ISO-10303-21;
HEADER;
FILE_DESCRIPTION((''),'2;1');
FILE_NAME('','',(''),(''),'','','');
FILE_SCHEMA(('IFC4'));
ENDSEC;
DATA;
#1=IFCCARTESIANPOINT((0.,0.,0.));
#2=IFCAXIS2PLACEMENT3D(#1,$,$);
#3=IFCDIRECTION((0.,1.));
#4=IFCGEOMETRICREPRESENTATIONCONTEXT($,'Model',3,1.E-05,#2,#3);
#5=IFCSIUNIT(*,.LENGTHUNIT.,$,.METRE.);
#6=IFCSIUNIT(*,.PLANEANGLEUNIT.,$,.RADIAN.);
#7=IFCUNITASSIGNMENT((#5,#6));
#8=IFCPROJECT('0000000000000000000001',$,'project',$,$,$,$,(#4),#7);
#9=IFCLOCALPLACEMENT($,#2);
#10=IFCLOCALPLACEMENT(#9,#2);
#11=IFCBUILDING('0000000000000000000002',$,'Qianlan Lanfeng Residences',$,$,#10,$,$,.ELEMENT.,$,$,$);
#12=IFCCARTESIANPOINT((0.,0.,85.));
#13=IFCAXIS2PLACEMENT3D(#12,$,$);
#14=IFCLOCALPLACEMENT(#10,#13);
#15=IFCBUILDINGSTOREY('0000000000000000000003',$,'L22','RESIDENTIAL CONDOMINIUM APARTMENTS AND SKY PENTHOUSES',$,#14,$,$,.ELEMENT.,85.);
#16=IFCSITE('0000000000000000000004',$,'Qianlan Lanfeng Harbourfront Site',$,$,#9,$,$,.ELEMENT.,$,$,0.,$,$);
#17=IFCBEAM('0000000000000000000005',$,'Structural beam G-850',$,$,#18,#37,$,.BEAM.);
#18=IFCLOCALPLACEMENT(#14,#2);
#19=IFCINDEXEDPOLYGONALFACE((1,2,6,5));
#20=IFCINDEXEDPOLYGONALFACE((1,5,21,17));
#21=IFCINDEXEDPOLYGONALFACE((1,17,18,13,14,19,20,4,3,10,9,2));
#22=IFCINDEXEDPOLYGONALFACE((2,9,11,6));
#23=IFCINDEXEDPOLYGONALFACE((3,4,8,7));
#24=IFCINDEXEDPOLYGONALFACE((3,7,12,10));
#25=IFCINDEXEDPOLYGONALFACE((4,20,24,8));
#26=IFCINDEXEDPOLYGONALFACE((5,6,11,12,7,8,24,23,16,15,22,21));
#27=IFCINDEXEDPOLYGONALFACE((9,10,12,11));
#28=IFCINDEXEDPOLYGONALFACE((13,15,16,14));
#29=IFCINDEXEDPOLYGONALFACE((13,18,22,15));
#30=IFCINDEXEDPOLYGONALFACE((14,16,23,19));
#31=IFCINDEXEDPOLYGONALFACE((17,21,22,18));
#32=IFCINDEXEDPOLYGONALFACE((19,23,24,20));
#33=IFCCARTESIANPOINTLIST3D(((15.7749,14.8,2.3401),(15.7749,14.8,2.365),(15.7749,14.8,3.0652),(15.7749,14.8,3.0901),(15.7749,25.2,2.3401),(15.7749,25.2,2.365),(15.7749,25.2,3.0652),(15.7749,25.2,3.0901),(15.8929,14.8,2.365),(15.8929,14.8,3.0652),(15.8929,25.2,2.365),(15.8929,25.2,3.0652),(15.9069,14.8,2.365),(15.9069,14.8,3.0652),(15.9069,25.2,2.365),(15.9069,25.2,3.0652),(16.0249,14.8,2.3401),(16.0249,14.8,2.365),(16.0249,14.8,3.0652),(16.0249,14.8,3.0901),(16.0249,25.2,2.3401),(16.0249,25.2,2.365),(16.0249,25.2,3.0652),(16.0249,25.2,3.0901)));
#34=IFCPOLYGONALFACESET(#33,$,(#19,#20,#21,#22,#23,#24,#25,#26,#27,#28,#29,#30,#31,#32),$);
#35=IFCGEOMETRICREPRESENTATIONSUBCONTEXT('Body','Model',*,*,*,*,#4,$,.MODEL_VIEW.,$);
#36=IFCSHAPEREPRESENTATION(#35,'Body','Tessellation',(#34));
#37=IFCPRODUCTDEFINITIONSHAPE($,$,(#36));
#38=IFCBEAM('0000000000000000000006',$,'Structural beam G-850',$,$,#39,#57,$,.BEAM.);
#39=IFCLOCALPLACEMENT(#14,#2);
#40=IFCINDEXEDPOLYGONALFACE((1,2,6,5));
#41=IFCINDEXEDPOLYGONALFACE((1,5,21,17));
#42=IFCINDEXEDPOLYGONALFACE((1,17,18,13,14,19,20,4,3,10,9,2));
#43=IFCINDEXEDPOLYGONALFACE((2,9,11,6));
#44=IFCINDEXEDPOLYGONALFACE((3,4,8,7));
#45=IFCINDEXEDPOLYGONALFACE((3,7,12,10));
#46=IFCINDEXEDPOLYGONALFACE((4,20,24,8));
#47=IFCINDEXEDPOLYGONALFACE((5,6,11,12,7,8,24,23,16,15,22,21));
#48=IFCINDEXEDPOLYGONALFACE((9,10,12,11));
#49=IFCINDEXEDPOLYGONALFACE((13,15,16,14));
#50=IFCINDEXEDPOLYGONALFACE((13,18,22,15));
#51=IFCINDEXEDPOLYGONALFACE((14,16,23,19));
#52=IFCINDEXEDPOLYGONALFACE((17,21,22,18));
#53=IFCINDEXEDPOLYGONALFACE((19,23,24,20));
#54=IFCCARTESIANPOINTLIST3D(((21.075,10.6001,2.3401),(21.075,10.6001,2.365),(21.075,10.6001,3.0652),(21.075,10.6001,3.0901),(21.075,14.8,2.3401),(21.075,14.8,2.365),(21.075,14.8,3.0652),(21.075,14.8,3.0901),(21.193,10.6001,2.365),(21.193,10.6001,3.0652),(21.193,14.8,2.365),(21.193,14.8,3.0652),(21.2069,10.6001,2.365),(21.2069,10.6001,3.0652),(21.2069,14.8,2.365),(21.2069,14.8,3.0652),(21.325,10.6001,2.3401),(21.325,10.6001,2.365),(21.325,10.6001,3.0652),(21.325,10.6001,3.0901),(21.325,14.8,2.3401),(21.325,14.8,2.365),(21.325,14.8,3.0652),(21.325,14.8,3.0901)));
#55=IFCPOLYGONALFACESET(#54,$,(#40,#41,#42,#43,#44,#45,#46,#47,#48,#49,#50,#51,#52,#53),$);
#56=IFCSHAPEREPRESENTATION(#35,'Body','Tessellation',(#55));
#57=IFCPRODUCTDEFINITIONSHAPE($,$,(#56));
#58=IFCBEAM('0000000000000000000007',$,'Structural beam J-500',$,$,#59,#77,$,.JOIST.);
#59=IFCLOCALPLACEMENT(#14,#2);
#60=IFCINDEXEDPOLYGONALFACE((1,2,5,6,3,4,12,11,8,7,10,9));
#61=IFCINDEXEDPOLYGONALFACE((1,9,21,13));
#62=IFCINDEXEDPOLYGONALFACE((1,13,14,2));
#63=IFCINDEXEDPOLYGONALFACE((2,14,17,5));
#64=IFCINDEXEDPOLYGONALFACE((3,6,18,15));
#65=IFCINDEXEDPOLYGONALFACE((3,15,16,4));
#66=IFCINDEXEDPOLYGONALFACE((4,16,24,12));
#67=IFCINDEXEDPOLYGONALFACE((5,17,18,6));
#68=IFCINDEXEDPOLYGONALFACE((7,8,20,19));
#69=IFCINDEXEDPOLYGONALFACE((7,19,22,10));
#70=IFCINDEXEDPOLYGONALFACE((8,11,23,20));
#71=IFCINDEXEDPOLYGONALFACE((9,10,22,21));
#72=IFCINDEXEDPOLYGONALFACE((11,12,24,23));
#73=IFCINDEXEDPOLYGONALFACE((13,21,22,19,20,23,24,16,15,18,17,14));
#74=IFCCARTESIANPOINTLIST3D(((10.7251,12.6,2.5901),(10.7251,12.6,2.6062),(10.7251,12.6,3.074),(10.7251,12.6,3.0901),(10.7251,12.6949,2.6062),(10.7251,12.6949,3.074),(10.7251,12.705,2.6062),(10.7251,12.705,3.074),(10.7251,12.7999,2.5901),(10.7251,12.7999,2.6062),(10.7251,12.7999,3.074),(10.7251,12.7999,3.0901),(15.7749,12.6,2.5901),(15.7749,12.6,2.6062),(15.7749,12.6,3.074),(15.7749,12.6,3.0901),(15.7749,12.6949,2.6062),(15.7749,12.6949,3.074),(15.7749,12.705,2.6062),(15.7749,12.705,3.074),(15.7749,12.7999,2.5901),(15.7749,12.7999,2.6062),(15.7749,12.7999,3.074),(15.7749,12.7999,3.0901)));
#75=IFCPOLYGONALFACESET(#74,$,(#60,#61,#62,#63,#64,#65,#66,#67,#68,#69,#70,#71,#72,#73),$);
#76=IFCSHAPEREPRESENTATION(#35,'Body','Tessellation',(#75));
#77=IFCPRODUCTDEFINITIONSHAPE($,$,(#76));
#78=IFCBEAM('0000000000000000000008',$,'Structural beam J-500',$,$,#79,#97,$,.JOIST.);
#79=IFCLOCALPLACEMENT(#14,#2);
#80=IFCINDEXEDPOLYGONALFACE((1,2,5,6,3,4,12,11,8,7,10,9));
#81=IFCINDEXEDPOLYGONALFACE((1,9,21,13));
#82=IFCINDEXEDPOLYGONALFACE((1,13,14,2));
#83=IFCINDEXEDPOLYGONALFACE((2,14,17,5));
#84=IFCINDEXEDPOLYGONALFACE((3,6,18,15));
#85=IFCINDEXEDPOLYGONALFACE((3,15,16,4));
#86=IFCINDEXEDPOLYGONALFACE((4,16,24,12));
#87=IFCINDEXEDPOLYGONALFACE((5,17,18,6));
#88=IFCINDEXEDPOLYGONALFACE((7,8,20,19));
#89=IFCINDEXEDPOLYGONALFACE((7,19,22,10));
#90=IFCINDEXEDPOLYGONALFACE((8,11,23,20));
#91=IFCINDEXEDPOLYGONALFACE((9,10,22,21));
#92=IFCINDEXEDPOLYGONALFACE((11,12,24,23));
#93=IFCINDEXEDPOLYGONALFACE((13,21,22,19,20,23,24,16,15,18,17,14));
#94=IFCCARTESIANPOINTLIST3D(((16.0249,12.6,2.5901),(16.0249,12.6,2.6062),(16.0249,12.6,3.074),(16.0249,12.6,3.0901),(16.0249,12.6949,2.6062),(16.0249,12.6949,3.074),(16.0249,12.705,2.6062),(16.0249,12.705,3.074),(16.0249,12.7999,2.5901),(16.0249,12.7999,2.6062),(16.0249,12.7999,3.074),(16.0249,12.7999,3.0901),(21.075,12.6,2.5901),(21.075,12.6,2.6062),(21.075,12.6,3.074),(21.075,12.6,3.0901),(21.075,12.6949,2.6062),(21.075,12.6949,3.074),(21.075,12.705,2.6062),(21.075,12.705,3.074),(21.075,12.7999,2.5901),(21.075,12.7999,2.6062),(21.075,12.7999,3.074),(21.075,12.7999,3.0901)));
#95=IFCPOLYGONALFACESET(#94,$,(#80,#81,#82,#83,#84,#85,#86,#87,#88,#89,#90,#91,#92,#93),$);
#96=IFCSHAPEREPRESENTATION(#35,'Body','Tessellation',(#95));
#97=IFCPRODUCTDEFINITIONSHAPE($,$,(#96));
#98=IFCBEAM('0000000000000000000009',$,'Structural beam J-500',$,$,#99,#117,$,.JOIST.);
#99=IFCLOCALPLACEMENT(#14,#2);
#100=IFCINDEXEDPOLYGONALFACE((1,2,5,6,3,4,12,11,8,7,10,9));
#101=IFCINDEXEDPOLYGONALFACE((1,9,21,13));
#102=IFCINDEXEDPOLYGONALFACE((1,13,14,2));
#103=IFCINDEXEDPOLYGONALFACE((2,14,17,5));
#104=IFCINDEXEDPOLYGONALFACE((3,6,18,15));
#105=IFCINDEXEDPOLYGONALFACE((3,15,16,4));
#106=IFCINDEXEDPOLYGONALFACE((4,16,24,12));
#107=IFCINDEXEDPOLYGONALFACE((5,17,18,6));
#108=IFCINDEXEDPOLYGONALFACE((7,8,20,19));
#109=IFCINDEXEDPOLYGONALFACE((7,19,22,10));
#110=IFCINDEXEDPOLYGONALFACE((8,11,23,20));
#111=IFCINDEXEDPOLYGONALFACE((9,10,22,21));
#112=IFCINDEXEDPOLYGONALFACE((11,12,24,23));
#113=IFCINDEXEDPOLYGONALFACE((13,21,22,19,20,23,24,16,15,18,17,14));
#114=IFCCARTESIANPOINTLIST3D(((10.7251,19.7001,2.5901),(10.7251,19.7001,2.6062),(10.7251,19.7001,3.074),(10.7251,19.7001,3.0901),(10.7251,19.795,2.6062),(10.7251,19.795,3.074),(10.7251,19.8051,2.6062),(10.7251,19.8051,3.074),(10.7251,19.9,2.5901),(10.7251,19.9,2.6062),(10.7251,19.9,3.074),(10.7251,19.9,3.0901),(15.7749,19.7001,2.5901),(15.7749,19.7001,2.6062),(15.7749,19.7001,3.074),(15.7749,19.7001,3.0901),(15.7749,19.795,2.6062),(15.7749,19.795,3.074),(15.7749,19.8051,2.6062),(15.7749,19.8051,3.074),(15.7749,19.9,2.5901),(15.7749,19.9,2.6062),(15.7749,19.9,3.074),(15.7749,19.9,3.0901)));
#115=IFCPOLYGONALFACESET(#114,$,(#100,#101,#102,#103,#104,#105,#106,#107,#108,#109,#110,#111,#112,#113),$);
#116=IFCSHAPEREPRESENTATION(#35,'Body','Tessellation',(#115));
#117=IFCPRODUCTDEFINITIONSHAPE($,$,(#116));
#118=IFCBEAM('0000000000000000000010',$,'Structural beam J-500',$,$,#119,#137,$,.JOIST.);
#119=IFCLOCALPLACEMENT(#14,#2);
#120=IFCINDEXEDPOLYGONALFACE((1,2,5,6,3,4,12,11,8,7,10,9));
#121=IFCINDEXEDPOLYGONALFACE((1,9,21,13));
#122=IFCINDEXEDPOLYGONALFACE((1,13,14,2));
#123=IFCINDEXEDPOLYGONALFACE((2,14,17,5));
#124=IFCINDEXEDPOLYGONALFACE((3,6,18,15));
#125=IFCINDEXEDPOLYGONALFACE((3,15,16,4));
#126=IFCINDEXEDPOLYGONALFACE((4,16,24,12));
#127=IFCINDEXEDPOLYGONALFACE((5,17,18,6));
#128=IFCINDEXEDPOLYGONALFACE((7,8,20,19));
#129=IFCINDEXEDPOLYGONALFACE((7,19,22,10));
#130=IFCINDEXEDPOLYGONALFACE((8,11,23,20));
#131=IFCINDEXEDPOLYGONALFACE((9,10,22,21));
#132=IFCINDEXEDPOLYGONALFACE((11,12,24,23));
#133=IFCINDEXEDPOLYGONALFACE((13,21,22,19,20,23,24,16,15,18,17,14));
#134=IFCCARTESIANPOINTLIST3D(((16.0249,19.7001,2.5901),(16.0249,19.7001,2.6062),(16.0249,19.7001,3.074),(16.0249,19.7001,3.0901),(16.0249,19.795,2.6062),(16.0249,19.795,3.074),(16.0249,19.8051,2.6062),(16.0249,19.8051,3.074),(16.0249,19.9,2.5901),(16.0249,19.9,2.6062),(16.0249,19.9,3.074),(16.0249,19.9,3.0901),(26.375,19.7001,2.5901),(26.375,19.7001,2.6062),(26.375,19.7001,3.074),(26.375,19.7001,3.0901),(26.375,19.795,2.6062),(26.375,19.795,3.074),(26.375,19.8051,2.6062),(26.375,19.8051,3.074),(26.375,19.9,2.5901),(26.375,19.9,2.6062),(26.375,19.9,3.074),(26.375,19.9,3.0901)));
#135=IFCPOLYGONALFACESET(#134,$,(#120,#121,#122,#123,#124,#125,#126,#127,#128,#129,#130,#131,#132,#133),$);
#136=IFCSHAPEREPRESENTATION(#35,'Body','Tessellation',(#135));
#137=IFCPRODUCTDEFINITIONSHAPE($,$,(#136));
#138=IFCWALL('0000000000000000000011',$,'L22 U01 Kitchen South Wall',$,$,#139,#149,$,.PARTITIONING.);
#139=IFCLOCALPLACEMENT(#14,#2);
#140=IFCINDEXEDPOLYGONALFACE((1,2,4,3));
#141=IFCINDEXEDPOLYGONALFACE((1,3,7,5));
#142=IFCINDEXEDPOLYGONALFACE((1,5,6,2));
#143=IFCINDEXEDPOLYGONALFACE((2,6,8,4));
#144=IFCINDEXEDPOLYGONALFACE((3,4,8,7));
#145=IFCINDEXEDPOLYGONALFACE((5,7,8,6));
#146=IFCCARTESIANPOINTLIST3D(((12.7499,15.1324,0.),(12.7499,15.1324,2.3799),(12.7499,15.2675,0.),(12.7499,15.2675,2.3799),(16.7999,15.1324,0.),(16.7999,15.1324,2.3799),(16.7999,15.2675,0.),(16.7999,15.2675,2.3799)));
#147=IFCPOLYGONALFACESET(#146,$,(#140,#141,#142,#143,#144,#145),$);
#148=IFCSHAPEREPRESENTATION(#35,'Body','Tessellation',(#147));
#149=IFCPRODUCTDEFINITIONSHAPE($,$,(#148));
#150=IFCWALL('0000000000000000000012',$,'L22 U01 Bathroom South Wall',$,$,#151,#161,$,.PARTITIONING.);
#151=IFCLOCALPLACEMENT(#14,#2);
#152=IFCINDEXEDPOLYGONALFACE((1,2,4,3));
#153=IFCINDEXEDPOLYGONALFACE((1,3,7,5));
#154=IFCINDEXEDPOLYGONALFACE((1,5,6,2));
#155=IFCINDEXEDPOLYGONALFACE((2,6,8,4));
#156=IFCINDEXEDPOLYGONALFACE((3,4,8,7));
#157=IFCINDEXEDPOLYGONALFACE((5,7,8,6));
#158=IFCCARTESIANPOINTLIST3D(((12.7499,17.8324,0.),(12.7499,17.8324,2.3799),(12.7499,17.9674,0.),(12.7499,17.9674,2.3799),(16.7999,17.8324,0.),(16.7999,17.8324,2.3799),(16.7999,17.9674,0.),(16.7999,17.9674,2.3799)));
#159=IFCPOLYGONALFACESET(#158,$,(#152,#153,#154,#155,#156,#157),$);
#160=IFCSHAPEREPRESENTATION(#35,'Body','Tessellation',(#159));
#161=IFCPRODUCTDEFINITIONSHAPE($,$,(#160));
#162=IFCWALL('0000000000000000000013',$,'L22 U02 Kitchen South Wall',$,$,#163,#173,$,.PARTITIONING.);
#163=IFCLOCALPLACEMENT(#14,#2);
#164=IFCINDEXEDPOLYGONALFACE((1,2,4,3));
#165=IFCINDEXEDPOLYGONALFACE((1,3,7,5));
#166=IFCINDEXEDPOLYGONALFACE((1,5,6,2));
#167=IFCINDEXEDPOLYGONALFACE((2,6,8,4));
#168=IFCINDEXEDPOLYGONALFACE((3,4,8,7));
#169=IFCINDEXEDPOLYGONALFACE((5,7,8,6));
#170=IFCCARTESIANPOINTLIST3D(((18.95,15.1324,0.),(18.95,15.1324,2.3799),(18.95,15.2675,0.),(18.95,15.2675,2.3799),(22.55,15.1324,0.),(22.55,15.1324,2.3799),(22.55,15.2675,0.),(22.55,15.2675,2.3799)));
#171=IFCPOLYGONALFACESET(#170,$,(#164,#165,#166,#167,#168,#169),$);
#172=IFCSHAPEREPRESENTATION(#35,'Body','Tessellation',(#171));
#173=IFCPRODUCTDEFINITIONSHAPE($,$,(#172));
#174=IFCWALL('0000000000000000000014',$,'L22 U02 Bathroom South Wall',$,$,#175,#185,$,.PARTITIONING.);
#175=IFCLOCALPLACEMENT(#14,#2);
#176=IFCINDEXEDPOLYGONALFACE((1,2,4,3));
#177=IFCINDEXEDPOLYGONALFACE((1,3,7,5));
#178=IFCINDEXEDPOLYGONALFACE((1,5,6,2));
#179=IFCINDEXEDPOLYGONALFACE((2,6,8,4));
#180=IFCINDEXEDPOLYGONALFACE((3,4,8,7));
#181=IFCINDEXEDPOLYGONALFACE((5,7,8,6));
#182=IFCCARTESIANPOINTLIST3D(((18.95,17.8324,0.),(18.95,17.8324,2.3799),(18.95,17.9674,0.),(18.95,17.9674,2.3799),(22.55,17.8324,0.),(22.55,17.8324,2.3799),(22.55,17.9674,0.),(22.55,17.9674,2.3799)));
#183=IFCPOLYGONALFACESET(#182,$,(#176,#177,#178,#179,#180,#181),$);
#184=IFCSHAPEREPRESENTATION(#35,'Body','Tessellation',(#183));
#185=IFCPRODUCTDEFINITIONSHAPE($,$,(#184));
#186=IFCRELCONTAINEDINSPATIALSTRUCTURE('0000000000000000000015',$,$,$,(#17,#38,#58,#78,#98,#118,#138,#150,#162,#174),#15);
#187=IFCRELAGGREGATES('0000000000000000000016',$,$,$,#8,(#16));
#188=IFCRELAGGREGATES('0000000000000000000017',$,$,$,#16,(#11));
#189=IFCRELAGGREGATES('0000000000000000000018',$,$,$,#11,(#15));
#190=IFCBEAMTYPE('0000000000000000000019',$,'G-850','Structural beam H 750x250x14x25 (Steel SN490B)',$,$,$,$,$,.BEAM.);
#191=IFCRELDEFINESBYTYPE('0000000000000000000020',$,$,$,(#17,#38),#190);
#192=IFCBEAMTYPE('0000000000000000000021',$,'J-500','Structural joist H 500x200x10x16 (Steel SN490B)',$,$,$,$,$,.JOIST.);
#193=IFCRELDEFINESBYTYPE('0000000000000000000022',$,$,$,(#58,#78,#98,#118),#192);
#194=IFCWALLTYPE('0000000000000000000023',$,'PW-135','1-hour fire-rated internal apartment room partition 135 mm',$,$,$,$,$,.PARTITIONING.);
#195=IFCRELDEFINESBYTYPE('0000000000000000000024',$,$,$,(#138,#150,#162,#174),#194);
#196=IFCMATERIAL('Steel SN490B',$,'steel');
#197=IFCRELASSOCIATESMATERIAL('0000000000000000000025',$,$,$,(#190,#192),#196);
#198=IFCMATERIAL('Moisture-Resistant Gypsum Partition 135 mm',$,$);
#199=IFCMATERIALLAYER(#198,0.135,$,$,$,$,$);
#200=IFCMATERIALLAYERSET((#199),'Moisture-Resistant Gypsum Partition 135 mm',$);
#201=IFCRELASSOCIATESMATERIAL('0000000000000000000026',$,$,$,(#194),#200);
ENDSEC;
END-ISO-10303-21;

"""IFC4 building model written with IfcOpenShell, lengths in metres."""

from ifc_helpers import new_model, si_unit, direction, frame, frame_2d, origin, origin_2d, place, context, subcontext, project, spatial, rectangle, i_section, extrude, material, layer, layer_set, material_profile, profile_set, type_object, element, save


model = new_model("IFC4")

# Units and contexts
model_context = context("Model", 3, precision=1e-05, world=origin(), true_north=direction((0.0, 1.0)))
body_context = subcontext(model_context, "Body", "Model", "MODEL_VIEW")
ifc_project = project(units=[si_unit("LENGTHUNIT", "METRE"), si_unit("PLANEANGLEUNIT", "RADIAN")], contexts=[model_context])

# Site, building, storey
site_placement = place(None, origin())
site = spatial("IfcSite", under=ifc_project, at=site_placement, Name="Qianlan Lanfeng Harbourfront Site", CompositionType="ELEMENT", RefElevation=0.0)
building_placement = place(site_placement, origin())
building = spatial("IfcBuilding", under=site, at=building_placement, Name="Qianlan Lanfeng Residences", CompositionType="ELEMENT")
storey_placement = place(building_placement, frame((0.0, 0.0, 85.0)))
storey = spatial("IfcBuildingStorey", under=building, at=storey_placement, Name="L22", Description="RESIDENTIAL CONDOMINIUM APARTMENTS AND SKY PENTHOUSES", CompositionType="ELEMENT", Elevation=85.0)

# Shared definitions
ifc_material_1 = material(Name="Steel SN490B", Category="steel")

# Beams
ifc_material_profile_1 = material_profile(ifc_material_1, i_section(OverallWidth=0.25, OverallDepth=0.75, WebThickness=0.0139, FlangeThickness=0.0249, at=origin_2d()), Name="H 750x250x14x25")
ifc_profile_set_1 = profile_set([ifc_material_profile_1], Name="Steel SN490B")
beam_type_1 = type_object("IfcBeamType", Name="G-850", Description="Structural beam H 750x250x14x25 (Steel SN490B)", PredefinedType="BEAM", material=ifc_profile_set_1)
beam_1_placement = place(storey_placement, frame((15.8999, 14.8, 2.7151), z_axis=(0.0, 1.0, 0.0), x_axis=(-1.0, 0.0, 0.0)))
element("IfcBeam", 1, at=beam_1_placement, inside=storey, type_object=beam_type_1, Name="Structural beam G-850", PredefinedType="BEAM", context=body_context, shape_type="SweptSolid", body=[
    extrude(i_section(OverallWidth=0.25, OverallDepth=0.75, WebThickness=0.0139, FlangeThickness=0.0249, at=origin_2d()), origin(), (0.0, 0.0, 1.0), 10.3999),
])
beam_2_placement = place(storey_placement, frame((21.2, 10.6001, 2.7151), z_axis=(0.0, 1.0, 0.0), x_axis=(-1.0, 0.0, 0.0)))
element("IfcBeam", 2, at=beam_2_placement, inside=storey, type_object=beam_type_1, Name="Structural beam G-850", PredefinedType="BEAM", context=body_context, shape_type="SweptSolid", body=[
    extrude(i_section(OverallWidth=0.25, OverallDepth=0.75, WebThickness=0.0139, FlangeThickness=0.0249, at=origin_2d()), origin(), (0.0, 0.0, 1.0), 4.2),
])
ifc_material_profile_2 = material_profile(ifc_material_1, i_section(OverallWidth=0.2, OverallDepth=0.5, WebThickness=0.01, FlangeThickness=0.0161, at=origin_2d()), Name="H 500x200x10x16")
ifc_profile_set_2 = profile_set([ifc_material_profile_2], Name="Steel SN490B")
beam_type_2 = type_object("IfcBeamType", Name="J-500", Description="Structural joist H 500x200x10x16 (Steel SN490B)", PredefinedType="JOIST", material=ifc_profile_set_2)
beam_3_placement = place(storey_placement, frame((10.7251, 12.7, 2.8401), z_axis=(1.0, 0.0, 0.0), x_axis=(0.0, 1.0, 0.0)))
element("IfcBeam", 3, at=beam_3_placement, inside=storey, type_object=beam_type_2, Name="Structural beam J-500", PredefinedType="JOIST", context=body_context, shape_type="SweptSolid", body=[
    extrude(i_section(OverallWidth=0.2, OverallDepth=0.5, WebThickness=0.01, FlangeThickness=0.0161, at=origin_2d()), origin(), (0.0, 0.0, 1.0), 5.0498),
])
beam_4_placement = place(storey_placement, frame((16.0249, 12.7, 2.8401), z_axis=(1.0, 0.0, 0.0), x_axis=(0.0, 1.0, 0.0)))
element("IfcBeam", 4, at=beam_4_placement, inside=storey, type_object=beam_type_2, Name="Structural beam J-500", PredefinedType="JOIST", context=body_context, shape_type="SweptSolid", body=[
    extrude(i_section(OverallWidth=0.2, OverallDepth=0.5, WebThickness=0.01, FlangeThickness=0.0161, at=origin_2d()), origin(), (0.0, 0.0, 1.0), 5.05),
])
beam_5_placement = place(storey_placement, frame((10.7251, 19.8, 2.8401), z_axis=(1.0, 0.0, 0.0), x_axis=(0.0, 1.0, 0.0)))
element("IfcBeam", 5, at=beam_5_placement, inside=storey, type_object=beam_type_2, Name="Structural beam J-500", PredefinedType="JOIST", context=body_context, shape_type="SweptSolid", body=[
    extrude(i_section(OverallWidth=0.2, OverallDepth=0.5, WebThickness=0.01, FlangeThickness=0.0161, at=origin_2d()), origin(), (0.0, 0.0, 1.0), 5.0498),
])
beam_6_placement = place(storey_placement, frame((16.0249, 19.8, 2.8401), z_axis=(1.0, 0.0, 0.0), x_axis=(0.0, 1.0, 0.0)))
element("IfcBeam", 6, at=beam_6_placement, inside=storey, type_object=beam_type_2, Name="Structural beam J-500", PredefinedType="JOIST", context=body_context, shape_type="SweptSolid", body=[
    extrude(i_section(OverallWidth=0.2, OverallDepth=0.5, WebThickness=0.01, FlangeThickness=0.0161, at=origin_2d()), origin(), (0.0, 0.0, 1.0), 10.3501),
])

# Shared definitions
ifc_material_2 = material(Name="Moisture-Resistant Gypsum Partition 135 mm")
ifc_layer = layer(ifc_material_2, 0.135)
ifc_layer_set = layer_set([ifc_layer], Name="Moisture-Resistant Gypsum Partition 135 mm")
wall_type = type_object("IfcWallType", Name="PW-135", Description="1-hour fire-rated internal apartment room partition 135 mm", PredefinedType="PARTITIONING", material=ifc_layer_set)

# Walls
for number, where, z_axis, x_axis, name in (
    (7, (12.75, 15.2, 0.0), (0.0, 0.0, 1.0), (1.0, 0.0, 0.0), "L22 U01 Kitchen South Wall"),
    (8, (12.75, 17.8999, 0.0), (0.0, 0.0, 1.0), (1.0, 0.0, 0.0), "L22 U01 Bathroom South Wall"),
):
    element("IfcWall", number, at=place(storey_placement, frame(where, z_axis=z_axis, x_axis=x_axis)), inside=storey, type_object=wall_type, Name=name, PredefinedType="PARTITIONING", context=body_context, shape_type="SweptSolid", body=[
        extrude(rectangle(XDim=4.05, YDim=0.135, at=frame_2d((2.0249, 0.0))), origin(), (0.0, 0.0, 1.0), 2.3799),
    ])
for number, where, z_axis, x_axis, name in (
    (9, (18.95, 15.2, 0.0), (0.0, 0.0, 1.0), (1.0, 0.0, 0.0), "L22 U02 Kitchen South Wall"),
    (10, (18.95, 17.8999, 0.0), (0.0, 0.0, 1.0), (1.0, 0.0, 0.0), "L22 U02 Bathroom South Wall"),
):
    element("IfcWall", number, at=place(storey_placement, frame(where, z_axis=z_axis, x_axis=x_axis)), inside=storey, type_object=wall_type, Name=name, PredefinedType="PARTITIONING", context=body_context, shape_type="SweptSolid", body=[
        extrude(rectangle(XDim=3.6001, YDim=0.135, at=frame_2d((1.8, 0.0))), origin(), (0.0, 0.0, 1.0), 2.3799),
    ])

save(model, "model.ifc")
